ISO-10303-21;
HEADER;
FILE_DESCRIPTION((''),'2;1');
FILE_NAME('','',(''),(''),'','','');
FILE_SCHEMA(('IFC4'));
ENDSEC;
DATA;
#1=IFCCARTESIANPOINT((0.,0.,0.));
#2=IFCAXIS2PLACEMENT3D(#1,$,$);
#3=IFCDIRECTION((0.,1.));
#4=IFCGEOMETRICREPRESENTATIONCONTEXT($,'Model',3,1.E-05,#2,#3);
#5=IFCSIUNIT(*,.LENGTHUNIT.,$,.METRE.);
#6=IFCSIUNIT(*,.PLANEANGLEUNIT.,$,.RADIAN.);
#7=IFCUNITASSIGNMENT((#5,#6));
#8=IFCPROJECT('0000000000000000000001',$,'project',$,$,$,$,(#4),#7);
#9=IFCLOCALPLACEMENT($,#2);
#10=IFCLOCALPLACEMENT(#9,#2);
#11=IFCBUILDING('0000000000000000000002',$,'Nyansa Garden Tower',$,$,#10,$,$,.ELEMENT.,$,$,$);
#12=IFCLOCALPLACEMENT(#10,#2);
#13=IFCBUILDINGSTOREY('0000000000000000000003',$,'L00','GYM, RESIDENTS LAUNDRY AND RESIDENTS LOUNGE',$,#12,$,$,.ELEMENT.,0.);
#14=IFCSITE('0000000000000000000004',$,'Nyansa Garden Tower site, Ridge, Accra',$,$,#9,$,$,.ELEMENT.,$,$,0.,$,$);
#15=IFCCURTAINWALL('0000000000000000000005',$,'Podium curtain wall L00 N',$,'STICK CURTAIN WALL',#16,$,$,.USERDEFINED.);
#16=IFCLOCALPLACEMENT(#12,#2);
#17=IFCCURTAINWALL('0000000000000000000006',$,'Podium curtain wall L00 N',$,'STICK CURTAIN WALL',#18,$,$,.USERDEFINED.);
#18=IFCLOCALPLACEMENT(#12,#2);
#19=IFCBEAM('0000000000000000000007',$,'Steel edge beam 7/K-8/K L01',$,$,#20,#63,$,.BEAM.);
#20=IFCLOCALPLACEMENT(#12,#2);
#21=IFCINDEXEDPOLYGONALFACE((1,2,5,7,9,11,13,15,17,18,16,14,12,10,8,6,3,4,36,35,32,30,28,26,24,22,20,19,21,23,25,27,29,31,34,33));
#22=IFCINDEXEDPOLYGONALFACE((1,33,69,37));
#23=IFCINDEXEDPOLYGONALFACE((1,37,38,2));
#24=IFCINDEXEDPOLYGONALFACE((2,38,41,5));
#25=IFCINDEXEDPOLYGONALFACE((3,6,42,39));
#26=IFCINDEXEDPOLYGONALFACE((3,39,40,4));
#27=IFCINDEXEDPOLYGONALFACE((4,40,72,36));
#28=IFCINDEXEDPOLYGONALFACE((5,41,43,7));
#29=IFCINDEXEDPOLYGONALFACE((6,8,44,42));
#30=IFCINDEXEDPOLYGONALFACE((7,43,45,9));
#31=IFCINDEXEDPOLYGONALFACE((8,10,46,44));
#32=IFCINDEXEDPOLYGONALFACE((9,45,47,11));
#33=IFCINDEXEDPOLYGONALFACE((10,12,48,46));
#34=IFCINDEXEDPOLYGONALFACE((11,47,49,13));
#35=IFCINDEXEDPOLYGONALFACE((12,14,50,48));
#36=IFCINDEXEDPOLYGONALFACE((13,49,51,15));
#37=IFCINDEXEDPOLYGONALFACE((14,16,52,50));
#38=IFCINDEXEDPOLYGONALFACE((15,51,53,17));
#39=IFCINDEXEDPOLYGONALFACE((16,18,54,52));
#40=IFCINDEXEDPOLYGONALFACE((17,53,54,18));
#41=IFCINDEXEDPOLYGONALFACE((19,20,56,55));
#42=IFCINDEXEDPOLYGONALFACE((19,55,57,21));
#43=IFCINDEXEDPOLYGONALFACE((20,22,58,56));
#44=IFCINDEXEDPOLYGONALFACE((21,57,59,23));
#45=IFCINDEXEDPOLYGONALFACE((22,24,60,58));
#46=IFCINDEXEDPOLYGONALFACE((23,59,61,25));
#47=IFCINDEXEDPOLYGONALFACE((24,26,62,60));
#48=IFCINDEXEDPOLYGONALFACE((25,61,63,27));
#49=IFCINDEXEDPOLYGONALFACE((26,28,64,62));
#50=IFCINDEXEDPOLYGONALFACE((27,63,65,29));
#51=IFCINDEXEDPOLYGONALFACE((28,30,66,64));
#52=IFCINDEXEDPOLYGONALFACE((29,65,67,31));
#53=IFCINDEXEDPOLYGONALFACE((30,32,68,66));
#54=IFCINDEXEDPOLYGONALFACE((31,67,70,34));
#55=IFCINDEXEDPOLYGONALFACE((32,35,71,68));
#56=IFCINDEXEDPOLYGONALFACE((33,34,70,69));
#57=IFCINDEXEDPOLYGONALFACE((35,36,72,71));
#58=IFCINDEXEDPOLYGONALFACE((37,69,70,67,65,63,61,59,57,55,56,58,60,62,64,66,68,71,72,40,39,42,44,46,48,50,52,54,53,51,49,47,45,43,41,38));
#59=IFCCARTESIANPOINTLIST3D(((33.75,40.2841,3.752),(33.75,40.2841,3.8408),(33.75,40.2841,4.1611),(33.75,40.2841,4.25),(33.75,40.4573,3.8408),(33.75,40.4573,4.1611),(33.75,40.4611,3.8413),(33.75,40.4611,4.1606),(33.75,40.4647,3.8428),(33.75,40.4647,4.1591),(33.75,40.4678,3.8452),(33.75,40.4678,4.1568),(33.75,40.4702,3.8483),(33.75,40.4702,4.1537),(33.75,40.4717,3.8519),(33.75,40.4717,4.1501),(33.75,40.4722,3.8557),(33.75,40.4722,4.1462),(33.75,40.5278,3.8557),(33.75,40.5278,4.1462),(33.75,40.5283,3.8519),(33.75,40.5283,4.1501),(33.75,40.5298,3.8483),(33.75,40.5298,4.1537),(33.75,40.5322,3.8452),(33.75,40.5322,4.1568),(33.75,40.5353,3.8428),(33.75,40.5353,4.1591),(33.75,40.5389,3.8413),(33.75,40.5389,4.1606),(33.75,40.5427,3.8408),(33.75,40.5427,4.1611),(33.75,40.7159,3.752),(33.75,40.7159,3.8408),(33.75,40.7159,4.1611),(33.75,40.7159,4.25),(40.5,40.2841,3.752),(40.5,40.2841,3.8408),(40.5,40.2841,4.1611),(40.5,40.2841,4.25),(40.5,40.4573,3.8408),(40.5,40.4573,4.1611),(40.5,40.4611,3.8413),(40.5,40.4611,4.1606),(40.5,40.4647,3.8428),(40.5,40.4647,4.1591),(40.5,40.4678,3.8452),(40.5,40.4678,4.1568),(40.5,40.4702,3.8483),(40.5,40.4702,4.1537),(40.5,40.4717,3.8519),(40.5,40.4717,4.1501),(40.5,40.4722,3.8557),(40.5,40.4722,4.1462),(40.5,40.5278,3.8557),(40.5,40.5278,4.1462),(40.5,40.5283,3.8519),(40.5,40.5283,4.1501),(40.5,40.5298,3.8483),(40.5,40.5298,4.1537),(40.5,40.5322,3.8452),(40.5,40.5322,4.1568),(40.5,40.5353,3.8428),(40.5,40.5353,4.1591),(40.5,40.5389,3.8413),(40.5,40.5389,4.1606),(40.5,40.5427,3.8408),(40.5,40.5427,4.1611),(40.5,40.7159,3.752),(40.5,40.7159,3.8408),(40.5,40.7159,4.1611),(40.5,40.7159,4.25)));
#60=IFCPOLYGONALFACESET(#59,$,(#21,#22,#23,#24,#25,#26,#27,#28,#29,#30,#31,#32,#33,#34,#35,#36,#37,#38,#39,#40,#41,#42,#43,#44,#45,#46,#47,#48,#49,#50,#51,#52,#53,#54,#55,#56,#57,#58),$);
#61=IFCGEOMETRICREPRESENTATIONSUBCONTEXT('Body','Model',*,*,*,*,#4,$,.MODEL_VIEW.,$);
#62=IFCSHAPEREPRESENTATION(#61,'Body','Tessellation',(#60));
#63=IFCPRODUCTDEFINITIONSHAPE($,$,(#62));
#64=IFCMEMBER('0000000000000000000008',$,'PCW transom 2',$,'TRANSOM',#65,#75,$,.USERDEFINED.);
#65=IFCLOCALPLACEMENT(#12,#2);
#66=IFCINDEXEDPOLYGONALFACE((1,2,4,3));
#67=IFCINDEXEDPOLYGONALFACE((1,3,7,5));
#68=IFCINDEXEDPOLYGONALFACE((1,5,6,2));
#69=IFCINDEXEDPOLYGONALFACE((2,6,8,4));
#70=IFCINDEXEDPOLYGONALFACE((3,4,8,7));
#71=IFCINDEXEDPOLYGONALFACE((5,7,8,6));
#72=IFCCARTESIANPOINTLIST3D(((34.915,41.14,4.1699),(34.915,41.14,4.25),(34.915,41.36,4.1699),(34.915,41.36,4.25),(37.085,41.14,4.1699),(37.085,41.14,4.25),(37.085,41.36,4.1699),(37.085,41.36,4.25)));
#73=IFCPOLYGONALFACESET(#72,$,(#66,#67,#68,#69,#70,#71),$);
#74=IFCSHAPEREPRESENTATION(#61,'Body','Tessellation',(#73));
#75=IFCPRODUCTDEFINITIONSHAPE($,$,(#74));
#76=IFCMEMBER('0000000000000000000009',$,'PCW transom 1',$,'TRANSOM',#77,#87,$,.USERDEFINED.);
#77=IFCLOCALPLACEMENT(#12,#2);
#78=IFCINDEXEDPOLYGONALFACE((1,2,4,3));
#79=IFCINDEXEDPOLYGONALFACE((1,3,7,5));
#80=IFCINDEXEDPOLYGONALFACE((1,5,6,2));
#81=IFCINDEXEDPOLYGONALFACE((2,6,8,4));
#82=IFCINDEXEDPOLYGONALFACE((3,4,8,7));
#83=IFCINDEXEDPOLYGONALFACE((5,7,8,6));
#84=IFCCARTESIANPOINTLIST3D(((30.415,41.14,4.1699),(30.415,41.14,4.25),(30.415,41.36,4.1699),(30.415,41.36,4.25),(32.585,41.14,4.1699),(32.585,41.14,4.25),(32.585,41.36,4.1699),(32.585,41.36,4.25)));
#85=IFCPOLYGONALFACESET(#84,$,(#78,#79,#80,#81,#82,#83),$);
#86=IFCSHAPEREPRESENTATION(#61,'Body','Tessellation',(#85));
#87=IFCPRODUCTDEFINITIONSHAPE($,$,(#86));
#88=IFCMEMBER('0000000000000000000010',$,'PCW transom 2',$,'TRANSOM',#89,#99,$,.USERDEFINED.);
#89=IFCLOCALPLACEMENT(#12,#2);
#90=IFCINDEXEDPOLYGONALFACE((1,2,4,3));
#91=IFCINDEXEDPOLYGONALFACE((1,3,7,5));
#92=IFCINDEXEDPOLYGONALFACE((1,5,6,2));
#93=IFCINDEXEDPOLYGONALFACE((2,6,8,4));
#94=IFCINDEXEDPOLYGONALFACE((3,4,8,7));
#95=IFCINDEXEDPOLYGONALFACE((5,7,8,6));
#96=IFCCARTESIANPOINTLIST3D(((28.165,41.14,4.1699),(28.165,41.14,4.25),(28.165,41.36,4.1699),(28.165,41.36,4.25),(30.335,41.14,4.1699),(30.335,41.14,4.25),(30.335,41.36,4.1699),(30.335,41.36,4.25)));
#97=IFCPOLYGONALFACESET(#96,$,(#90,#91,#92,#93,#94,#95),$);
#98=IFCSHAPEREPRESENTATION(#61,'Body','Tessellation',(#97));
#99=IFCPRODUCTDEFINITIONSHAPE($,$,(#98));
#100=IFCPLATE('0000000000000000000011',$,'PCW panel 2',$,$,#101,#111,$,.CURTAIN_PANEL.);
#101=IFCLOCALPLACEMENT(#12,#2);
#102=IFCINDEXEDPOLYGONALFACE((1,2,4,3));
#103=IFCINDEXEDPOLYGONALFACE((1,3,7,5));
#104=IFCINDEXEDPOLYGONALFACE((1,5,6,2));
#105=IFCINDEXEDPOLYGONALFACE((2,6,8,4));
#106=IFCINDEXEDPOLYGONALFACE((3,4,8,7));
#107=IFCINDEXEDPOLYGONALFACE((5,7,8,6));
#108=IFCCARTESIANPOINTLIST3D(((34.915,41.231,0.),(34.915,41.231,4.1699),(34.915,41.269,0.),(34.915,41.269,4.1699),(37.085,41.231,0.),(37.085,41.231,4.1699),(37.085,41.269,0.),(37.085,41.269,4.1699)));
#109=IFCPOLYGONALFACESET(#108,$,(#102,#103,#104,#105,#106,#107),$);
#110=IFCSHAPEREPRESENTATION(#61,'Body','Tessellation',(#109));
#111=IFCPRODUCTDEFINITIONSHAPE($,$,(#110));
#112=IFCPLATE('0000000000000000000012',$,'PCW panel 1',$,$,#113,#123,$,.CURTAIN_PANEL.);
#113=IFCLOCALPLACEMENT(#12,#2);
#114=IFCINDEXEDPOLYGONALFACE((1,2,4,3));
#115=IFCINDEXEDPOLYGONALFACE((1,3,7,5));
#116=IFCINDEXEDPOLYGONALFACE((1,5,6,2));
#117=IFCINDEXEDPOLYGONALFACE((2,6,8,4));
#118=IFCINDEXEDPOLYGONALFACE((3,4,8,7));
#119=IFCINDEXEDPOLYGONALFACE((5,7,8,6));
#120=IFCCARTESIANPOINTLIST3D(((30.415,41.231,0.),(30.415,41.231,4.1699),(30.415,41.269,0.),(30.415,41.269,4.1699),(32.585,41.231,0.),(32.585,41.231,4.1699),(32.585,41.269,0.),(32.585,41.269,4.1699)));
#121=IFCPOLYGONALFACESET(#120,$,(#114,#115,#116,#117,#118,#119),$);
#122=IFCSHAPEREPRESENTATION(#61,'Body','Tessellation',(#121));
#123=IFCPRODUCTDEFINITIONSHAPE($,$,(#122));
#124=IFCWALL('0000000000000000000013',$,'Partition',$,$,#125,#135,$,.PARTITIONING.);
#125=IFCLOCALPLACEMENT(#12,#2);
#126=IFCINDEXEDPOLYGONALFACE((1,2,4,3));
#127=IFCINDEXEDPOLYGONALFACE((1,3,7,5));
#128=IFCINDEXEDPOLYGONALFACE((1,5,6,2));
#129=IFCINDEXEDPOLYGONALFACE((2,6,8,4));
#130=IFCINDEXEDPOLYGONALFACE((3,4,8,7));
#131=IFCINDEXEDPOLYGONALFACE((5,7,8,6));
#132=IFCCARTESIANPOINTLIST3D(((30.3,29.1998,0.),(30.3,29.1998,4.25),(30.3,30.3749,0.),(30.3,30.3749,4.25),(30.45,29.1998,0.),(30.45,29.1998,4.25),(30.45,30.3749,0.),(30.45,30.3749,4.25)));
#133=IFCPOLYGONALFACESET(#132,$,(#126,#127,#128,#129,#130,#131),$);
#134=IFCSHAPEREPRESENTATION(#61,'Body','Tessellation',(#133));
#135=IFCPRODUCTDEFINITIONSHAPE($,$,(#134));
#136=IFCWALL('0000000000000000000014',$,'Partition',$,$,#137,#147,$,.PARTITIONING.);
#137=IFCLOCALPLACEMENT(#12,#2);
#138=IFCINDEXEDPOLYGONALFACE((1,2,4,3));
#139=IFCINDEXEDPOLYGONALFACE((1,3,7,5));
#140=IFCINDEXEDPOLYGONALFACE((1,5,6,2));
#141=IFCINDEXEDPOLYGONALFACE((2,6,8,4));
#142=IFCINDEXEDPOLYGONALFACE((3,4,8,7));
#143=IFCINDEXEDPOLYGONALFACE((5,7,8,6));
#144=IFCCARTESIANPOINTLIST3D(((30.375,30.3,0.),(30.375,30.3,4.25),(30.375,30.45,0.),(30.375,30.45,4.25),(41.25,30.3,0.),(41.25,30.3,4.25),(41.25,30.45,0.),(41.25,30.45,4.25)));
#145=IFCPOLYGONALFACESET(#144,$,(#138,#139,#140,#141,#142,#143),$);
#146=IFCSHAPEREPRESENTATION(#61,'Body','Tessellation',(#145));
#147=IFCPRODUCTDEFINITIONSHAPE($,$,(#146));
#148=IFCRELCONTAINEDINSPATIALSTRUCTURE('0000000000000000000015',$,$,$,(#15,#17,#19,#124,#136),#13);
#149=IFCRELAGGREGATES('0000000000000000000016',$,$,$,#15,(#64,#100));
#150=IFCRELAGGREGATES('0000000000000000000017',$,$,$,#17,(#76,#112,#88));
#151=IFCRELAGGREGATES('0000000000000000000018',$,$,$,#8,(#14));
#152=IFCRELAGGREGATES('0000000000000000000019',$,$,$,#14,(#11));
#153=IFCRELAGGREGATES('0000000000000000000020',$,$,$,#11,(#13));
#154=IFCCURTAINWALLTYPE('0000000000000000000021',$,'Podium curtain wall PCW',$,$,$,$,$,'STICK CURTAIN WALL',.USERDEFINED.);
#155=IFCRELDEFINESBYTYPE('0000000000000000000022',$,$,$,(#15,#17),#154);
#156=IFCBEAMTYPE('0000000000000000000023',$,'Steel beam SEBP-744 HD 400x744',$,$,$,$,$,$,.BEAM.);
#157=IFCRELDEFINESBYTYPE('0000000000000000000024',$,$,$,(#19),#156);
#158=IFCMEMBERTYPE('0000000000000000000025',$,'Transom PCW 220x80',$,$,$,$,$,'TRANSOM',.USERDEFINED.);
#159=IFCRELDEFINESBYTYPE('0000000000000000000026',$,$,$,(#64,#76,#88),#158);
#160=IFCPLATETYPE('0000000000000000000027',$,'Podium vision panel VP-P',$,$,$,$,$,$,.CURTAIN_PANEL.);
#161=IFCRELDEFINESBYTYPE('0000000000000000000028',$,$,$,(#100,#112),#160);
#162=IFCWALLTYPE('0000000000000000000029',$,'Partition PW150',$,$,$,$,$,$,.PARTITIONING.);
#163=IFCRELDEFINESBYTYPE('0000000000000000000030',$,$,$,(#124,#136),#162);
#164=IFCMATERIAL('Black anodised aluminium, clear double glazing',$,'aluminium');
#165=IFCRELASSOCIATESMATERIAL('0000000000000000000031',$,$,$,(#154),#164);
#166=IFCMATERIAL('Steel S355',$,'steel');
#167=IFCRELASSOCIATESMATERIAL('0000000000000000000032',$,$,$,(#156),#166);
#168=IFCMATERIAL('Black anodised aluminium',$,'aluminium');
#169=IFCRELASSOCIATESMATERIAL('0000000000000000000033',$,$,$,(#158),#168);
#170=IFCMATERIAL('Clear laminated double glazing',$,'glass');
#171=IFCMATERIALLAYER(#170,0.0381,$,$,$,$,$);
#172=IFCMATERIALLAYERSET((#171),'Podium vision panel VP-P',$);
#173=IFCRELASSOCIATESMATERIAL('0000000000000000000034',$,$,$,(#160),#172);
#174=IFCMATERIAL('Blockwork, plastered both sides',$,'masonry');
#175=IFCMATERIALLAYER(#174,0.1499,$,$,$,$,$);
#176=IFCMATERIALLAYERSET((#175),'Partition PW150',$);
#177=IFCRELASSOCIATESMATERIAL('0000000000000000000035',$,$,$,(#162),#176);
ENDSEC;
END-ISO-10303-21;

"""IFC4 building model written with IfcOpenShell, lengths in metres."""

from ifc_helpers import new_model, si_unit, direction, frame, frame_2d, origin, origin_2d, place, context, subcontext, project, spatial, rectangle, i_section, extrude, material, layer, layer_set, material_profile, profile_set, type_object, element, aggregate, save


model = new_model("IFC4")

# Units and contexts
model_context = context("Model", 3, precision=1e-05, world=origin(), true_north=direction((0.0, 1.0)))
body_context = subcontext(model_context, "Body", "Model", "MODEL_VIEW")
ifc_project = project(units=[si_unit("LENGTHUNIT", "METRE"), si_unit("PLANEANGLEUNIT", "RADIAN")], contexts=[model_context])

# Site, building, storey
site_placement = place(None, origin())
site = spatial("IfcSite", under=ifc_project, at=site_placement, Name="Nyansa Garden Tower site, Ridge, Accra", CompositionType="ELEMENT", RefElevation=0.0)
building_placement = place(site_placement, origin())
building = spatial("IfcBuilding", under=site, at=building_placement, Name="Nyansa Garden Tower", CompositionType="ELEMENT")
storey_placement = place(building_placement, origin())
storey = spatial("IfcBuildingStorey", under=building, at=storey_placement, Name="L00", Description="GYM, RESIDENTS LAUNDRY AND RESIDENTS LOUNGE", CompositionType="ELEMENT", Elevation=0.0)

# Curtain wall
ifc_material_1 = material(Name="Black anodised aluminium, clear double glazing", Category="aluminium")
curtain_wall_type = type_object("IfcCurtainWallType", Name="Podium curtain wall PCW", ElementType="STICK CURTAIN WALL", PredefinedType="USERDEFINED", material=ifc_material_1)
curtain_wall_1_placement = place(storey_placement, origin())
curtain_wall_1 = element("IfcCurtainWall", 1, at=curtain_wall_1_placement, inside=storey, type_object=curtain_wall_type, Name="Podium curtain wall L00 N", ObjectType="STICK CURTAIN WALL", PredefinedType="USERDEFINED")

# Curtain wall
curtain_wall_2_placement = place(storey_placement, origin())
curtain_wall_2 = element("IfcCurtainWall", 2, at=curtain_wall_2_placement, inside=storey, type_object=curtain_wall_type, Name="Podium curtain wall L00 N", ObjectType="STICK CURTAIN WALL", PredefinedType="USERDEFINED")

# Beam
ifc_material_2 = material(Name="Steel S355", Category="steel")
ifc_material_profile_1 = material_profile(ifc_material_2, i_section(OverallWidth=0.4319, OverallDepth=0.498, WebThickness=0.0557, FlangeThickness=0.0889, FilletRadius=0.0149, at=origin_2d()), Name="HD 400x744")
ifc_profile_set_1 = profile_set([ifc_material_profile_1], Name="Steel S355")
beam_type_1 = type_object("IfcBeamType", Name="Steel beam SEBP-744 HD 400x744", PredefinedType="BEAM", material=ifc_profile_set_1)
beam_placement = place(storey_placement, frame((33.75, 40.5, 4.001), z_axis=(1.0, 0.0, 0.0), x_axis=(0.0, 1.0, 0.0)))
element("IfcBeam", 3, at=beam_placement, inside=storey, type_object=beam_type_1, Name="Steel edge beam 7/K-8/K L01", PredefinedType="BEAM", context=body_context, shape_type="SweptSolid", body=[
    extrude(i_section(OverallWidth=0.4319, OverallDepth=0.498, WebThickness=0.0557, FlangeThickness=0.0889, FilletRadius=0.0149, at=origin_2d()), origin(), (0.0, 0.0, 1.0), 6.75),
])

# Members
ifc_material_3 = material(Name="Black anodised aluminium", Category="aluminium")
ifc_material_profile_2 = material_profile(ifc_material_3, rectangle(XDim=0.22, YDim=0.0801, at=origin_2d()), Name="Transom 220x80")
ifc_profile_set_2 = profile_set([ifc_material_profile_2], Name="Black anodised aluminium")
member_type_1 = type_object("IfcMemberType", Name="Transom PCW 220x80", ElementType="TRANSOM", PredefinedType="USERDEFINED", material=ifc_profile_set_2)
member_1_placement = place(storey_placement, frame((37.085, 41.25, 4.21), z_axis=(-1.0, 0.0, 0.0), x_axis=(0.0, -1.0, 0.0)))
member_1 = element("IfcMember", 4, at=member_1_placement, type_object=member_type_1, Name="PCW transom 2", ObjectType="TRANSOM", PredefinedType="USERDEFINED", context=body_context, shape_type="SweptSolid", body=[
    extrude(rectangle(XDim=0.22, YDim=0.0801, at=origin_2d()), origin(), (0.0, 0.0, 1.0), 2.1699),
])
member_2_placement = place(storey_placement, frame((32.585, 41.25, 4.21), z_axis=(-1.0, 0.0, 0.0), x_axis=(0.0, -1.0, 0.0)))
member_2 = element("IfcMember", 5, at=member_2_placement, type_object=member_type_1, Name="PCW transom 1", ObjectType="TRANSOM", PredefinedType="USERDEFINED", context=body_context, shape_type="SweptSolid", body=[
    extrude(rectangle(XDim=0.22, YDim=0.0801, at=origin_2d()), origin(), (0.0, 0.0, 1.0), 2.1699),
])
member_3_placement = place(storey_placement, frame((30.335, 41.25, 4.21), z_axis=(-1.0, 0.0, 0.0), x_axis=(0.0, -1.0, 0.0)))
member_3 = element("IfcMember", 6, at=member_3_placement, type_object=member_type_1, Name="PCW transom 2", ObjectType="TRANSOM", PredefinedType="USERDEFINED", context=body_context, shape_type="SweptSolid", body=[
    extrude(rectangle(XDim=0.22, YDim=0.0801, at=origin_2d()), origin(), (0.0, 0.0, 1.0), 2.1699),
])

# Plates
ifc_material_4 = material(Name="Clear laminated double glazing", Category="glass")
ifc_layer_1 = layer(ifc_material_4, 0.0381)
ifc_layer_set_1 = layer_set([ifc_layer_1], Name="Podium vision panel VP-P")
plate_type = type_object("IfcPlateType", Name="Podium vision panel VP-P", PredefinedType="CURTAIN_PANEL", material=ifc_layer_set_1)
plate_1_placement = place(storey_placement, frame((36.0, 41.25, 0.0), z_axis=(0.0, 0.0, 1.0), x_axis=(-1.0, 0.0, 0.0)))
plate_1 = element("IfcPlate", 7, at=plate_1_placement, type_object=plate_type, Name="PCW panel 2", PredefinedType="CURTAIN_PANEL", context=body_context, shape_type="SweptSolid", body=[
    extrude(rectangle(XDim=2.1699, YDim=0.0381, at=origin_2d()), origin(), (0.0, 0.0, 1.0), 4.1699),
])
aggregate(curtain_wall_1, [member_1, plate_1])
plate_2_placement = place(storey_placement, frame((31.5, 41.25, 0.0), z_axis=(0.0, 0.0, 1.0), x_axis=(-1.0, 0.0, 0.0)))
plate_2 = element("IfcPlate", 8, at=plate_2_placement, type_object=plate_type, Name="PCW panel 1", PredefinedType="CURTAIN_PANEL", context=body_context, shape_type="SweptSolid", body=[
    extrude(rectangle(XDim=2.1699, YDim=0.0381, at=origin_2d()), origin(), (0.0, 0.0, 1.0), 4.1699),
])
aggregate(curtain_wall_2, [member_2, plate_2, member_3])

# Walls
ifc_material_5 = material(Name="Blockwork, plastered both sides", Category="masonry")
ifc_layer_2 = layer(ifc_material_5, 0.1499)
ifc_layer_set_2 = layer_set([ifc_layer_2], Name="Partition PW150")
wall_type = type_object("IfcWallType", Name="Partition PW150", PredefinedType="PARTITIONING", material=ifc_layer_set_2)
wall_1_placement = place(storey_placement, frame((30.375, 29.2, 0.0), z_axis=(0.0, 0.0, 1.0), x_axis=(0.0, 1.0, 0.0)))
element("IfcWall", 9, at=wall_1_placement, inside=storey, type_object=wall_type, Name="Partition", PredefinedType="PARTITIONING", context=body_context, shape_type="SweptSolid", body=[
    extrude(rectangle(XDim=1.175, YDim=0.1499, at=frame_2d((0.5874, 0.0))), origin(), (0.0, 0.0, 1.0), 4.25),
])
wall_2_placement = place(storey_placement, frame((30.375, 30.375, 0.0), z_axis=(0.0, 0.0, 1.0), x_axis=(1.0, 0.0, 0.0)))
element("IfcWall", 10, at=wall_2_placement, inside=storey, type_object=wall_type, Name="Partition", PredefinedType="PARTITIONING", context=body_context, shape_type="SweptSolid", body=[
    extrude(rectangle(XDim=10.875, YDim=0.1499, at=frame_2d((5.4375, 0.0))), origin(), (0.0, 0.0, 1.0), 4.25),
])

save(model, "model.ifc")
